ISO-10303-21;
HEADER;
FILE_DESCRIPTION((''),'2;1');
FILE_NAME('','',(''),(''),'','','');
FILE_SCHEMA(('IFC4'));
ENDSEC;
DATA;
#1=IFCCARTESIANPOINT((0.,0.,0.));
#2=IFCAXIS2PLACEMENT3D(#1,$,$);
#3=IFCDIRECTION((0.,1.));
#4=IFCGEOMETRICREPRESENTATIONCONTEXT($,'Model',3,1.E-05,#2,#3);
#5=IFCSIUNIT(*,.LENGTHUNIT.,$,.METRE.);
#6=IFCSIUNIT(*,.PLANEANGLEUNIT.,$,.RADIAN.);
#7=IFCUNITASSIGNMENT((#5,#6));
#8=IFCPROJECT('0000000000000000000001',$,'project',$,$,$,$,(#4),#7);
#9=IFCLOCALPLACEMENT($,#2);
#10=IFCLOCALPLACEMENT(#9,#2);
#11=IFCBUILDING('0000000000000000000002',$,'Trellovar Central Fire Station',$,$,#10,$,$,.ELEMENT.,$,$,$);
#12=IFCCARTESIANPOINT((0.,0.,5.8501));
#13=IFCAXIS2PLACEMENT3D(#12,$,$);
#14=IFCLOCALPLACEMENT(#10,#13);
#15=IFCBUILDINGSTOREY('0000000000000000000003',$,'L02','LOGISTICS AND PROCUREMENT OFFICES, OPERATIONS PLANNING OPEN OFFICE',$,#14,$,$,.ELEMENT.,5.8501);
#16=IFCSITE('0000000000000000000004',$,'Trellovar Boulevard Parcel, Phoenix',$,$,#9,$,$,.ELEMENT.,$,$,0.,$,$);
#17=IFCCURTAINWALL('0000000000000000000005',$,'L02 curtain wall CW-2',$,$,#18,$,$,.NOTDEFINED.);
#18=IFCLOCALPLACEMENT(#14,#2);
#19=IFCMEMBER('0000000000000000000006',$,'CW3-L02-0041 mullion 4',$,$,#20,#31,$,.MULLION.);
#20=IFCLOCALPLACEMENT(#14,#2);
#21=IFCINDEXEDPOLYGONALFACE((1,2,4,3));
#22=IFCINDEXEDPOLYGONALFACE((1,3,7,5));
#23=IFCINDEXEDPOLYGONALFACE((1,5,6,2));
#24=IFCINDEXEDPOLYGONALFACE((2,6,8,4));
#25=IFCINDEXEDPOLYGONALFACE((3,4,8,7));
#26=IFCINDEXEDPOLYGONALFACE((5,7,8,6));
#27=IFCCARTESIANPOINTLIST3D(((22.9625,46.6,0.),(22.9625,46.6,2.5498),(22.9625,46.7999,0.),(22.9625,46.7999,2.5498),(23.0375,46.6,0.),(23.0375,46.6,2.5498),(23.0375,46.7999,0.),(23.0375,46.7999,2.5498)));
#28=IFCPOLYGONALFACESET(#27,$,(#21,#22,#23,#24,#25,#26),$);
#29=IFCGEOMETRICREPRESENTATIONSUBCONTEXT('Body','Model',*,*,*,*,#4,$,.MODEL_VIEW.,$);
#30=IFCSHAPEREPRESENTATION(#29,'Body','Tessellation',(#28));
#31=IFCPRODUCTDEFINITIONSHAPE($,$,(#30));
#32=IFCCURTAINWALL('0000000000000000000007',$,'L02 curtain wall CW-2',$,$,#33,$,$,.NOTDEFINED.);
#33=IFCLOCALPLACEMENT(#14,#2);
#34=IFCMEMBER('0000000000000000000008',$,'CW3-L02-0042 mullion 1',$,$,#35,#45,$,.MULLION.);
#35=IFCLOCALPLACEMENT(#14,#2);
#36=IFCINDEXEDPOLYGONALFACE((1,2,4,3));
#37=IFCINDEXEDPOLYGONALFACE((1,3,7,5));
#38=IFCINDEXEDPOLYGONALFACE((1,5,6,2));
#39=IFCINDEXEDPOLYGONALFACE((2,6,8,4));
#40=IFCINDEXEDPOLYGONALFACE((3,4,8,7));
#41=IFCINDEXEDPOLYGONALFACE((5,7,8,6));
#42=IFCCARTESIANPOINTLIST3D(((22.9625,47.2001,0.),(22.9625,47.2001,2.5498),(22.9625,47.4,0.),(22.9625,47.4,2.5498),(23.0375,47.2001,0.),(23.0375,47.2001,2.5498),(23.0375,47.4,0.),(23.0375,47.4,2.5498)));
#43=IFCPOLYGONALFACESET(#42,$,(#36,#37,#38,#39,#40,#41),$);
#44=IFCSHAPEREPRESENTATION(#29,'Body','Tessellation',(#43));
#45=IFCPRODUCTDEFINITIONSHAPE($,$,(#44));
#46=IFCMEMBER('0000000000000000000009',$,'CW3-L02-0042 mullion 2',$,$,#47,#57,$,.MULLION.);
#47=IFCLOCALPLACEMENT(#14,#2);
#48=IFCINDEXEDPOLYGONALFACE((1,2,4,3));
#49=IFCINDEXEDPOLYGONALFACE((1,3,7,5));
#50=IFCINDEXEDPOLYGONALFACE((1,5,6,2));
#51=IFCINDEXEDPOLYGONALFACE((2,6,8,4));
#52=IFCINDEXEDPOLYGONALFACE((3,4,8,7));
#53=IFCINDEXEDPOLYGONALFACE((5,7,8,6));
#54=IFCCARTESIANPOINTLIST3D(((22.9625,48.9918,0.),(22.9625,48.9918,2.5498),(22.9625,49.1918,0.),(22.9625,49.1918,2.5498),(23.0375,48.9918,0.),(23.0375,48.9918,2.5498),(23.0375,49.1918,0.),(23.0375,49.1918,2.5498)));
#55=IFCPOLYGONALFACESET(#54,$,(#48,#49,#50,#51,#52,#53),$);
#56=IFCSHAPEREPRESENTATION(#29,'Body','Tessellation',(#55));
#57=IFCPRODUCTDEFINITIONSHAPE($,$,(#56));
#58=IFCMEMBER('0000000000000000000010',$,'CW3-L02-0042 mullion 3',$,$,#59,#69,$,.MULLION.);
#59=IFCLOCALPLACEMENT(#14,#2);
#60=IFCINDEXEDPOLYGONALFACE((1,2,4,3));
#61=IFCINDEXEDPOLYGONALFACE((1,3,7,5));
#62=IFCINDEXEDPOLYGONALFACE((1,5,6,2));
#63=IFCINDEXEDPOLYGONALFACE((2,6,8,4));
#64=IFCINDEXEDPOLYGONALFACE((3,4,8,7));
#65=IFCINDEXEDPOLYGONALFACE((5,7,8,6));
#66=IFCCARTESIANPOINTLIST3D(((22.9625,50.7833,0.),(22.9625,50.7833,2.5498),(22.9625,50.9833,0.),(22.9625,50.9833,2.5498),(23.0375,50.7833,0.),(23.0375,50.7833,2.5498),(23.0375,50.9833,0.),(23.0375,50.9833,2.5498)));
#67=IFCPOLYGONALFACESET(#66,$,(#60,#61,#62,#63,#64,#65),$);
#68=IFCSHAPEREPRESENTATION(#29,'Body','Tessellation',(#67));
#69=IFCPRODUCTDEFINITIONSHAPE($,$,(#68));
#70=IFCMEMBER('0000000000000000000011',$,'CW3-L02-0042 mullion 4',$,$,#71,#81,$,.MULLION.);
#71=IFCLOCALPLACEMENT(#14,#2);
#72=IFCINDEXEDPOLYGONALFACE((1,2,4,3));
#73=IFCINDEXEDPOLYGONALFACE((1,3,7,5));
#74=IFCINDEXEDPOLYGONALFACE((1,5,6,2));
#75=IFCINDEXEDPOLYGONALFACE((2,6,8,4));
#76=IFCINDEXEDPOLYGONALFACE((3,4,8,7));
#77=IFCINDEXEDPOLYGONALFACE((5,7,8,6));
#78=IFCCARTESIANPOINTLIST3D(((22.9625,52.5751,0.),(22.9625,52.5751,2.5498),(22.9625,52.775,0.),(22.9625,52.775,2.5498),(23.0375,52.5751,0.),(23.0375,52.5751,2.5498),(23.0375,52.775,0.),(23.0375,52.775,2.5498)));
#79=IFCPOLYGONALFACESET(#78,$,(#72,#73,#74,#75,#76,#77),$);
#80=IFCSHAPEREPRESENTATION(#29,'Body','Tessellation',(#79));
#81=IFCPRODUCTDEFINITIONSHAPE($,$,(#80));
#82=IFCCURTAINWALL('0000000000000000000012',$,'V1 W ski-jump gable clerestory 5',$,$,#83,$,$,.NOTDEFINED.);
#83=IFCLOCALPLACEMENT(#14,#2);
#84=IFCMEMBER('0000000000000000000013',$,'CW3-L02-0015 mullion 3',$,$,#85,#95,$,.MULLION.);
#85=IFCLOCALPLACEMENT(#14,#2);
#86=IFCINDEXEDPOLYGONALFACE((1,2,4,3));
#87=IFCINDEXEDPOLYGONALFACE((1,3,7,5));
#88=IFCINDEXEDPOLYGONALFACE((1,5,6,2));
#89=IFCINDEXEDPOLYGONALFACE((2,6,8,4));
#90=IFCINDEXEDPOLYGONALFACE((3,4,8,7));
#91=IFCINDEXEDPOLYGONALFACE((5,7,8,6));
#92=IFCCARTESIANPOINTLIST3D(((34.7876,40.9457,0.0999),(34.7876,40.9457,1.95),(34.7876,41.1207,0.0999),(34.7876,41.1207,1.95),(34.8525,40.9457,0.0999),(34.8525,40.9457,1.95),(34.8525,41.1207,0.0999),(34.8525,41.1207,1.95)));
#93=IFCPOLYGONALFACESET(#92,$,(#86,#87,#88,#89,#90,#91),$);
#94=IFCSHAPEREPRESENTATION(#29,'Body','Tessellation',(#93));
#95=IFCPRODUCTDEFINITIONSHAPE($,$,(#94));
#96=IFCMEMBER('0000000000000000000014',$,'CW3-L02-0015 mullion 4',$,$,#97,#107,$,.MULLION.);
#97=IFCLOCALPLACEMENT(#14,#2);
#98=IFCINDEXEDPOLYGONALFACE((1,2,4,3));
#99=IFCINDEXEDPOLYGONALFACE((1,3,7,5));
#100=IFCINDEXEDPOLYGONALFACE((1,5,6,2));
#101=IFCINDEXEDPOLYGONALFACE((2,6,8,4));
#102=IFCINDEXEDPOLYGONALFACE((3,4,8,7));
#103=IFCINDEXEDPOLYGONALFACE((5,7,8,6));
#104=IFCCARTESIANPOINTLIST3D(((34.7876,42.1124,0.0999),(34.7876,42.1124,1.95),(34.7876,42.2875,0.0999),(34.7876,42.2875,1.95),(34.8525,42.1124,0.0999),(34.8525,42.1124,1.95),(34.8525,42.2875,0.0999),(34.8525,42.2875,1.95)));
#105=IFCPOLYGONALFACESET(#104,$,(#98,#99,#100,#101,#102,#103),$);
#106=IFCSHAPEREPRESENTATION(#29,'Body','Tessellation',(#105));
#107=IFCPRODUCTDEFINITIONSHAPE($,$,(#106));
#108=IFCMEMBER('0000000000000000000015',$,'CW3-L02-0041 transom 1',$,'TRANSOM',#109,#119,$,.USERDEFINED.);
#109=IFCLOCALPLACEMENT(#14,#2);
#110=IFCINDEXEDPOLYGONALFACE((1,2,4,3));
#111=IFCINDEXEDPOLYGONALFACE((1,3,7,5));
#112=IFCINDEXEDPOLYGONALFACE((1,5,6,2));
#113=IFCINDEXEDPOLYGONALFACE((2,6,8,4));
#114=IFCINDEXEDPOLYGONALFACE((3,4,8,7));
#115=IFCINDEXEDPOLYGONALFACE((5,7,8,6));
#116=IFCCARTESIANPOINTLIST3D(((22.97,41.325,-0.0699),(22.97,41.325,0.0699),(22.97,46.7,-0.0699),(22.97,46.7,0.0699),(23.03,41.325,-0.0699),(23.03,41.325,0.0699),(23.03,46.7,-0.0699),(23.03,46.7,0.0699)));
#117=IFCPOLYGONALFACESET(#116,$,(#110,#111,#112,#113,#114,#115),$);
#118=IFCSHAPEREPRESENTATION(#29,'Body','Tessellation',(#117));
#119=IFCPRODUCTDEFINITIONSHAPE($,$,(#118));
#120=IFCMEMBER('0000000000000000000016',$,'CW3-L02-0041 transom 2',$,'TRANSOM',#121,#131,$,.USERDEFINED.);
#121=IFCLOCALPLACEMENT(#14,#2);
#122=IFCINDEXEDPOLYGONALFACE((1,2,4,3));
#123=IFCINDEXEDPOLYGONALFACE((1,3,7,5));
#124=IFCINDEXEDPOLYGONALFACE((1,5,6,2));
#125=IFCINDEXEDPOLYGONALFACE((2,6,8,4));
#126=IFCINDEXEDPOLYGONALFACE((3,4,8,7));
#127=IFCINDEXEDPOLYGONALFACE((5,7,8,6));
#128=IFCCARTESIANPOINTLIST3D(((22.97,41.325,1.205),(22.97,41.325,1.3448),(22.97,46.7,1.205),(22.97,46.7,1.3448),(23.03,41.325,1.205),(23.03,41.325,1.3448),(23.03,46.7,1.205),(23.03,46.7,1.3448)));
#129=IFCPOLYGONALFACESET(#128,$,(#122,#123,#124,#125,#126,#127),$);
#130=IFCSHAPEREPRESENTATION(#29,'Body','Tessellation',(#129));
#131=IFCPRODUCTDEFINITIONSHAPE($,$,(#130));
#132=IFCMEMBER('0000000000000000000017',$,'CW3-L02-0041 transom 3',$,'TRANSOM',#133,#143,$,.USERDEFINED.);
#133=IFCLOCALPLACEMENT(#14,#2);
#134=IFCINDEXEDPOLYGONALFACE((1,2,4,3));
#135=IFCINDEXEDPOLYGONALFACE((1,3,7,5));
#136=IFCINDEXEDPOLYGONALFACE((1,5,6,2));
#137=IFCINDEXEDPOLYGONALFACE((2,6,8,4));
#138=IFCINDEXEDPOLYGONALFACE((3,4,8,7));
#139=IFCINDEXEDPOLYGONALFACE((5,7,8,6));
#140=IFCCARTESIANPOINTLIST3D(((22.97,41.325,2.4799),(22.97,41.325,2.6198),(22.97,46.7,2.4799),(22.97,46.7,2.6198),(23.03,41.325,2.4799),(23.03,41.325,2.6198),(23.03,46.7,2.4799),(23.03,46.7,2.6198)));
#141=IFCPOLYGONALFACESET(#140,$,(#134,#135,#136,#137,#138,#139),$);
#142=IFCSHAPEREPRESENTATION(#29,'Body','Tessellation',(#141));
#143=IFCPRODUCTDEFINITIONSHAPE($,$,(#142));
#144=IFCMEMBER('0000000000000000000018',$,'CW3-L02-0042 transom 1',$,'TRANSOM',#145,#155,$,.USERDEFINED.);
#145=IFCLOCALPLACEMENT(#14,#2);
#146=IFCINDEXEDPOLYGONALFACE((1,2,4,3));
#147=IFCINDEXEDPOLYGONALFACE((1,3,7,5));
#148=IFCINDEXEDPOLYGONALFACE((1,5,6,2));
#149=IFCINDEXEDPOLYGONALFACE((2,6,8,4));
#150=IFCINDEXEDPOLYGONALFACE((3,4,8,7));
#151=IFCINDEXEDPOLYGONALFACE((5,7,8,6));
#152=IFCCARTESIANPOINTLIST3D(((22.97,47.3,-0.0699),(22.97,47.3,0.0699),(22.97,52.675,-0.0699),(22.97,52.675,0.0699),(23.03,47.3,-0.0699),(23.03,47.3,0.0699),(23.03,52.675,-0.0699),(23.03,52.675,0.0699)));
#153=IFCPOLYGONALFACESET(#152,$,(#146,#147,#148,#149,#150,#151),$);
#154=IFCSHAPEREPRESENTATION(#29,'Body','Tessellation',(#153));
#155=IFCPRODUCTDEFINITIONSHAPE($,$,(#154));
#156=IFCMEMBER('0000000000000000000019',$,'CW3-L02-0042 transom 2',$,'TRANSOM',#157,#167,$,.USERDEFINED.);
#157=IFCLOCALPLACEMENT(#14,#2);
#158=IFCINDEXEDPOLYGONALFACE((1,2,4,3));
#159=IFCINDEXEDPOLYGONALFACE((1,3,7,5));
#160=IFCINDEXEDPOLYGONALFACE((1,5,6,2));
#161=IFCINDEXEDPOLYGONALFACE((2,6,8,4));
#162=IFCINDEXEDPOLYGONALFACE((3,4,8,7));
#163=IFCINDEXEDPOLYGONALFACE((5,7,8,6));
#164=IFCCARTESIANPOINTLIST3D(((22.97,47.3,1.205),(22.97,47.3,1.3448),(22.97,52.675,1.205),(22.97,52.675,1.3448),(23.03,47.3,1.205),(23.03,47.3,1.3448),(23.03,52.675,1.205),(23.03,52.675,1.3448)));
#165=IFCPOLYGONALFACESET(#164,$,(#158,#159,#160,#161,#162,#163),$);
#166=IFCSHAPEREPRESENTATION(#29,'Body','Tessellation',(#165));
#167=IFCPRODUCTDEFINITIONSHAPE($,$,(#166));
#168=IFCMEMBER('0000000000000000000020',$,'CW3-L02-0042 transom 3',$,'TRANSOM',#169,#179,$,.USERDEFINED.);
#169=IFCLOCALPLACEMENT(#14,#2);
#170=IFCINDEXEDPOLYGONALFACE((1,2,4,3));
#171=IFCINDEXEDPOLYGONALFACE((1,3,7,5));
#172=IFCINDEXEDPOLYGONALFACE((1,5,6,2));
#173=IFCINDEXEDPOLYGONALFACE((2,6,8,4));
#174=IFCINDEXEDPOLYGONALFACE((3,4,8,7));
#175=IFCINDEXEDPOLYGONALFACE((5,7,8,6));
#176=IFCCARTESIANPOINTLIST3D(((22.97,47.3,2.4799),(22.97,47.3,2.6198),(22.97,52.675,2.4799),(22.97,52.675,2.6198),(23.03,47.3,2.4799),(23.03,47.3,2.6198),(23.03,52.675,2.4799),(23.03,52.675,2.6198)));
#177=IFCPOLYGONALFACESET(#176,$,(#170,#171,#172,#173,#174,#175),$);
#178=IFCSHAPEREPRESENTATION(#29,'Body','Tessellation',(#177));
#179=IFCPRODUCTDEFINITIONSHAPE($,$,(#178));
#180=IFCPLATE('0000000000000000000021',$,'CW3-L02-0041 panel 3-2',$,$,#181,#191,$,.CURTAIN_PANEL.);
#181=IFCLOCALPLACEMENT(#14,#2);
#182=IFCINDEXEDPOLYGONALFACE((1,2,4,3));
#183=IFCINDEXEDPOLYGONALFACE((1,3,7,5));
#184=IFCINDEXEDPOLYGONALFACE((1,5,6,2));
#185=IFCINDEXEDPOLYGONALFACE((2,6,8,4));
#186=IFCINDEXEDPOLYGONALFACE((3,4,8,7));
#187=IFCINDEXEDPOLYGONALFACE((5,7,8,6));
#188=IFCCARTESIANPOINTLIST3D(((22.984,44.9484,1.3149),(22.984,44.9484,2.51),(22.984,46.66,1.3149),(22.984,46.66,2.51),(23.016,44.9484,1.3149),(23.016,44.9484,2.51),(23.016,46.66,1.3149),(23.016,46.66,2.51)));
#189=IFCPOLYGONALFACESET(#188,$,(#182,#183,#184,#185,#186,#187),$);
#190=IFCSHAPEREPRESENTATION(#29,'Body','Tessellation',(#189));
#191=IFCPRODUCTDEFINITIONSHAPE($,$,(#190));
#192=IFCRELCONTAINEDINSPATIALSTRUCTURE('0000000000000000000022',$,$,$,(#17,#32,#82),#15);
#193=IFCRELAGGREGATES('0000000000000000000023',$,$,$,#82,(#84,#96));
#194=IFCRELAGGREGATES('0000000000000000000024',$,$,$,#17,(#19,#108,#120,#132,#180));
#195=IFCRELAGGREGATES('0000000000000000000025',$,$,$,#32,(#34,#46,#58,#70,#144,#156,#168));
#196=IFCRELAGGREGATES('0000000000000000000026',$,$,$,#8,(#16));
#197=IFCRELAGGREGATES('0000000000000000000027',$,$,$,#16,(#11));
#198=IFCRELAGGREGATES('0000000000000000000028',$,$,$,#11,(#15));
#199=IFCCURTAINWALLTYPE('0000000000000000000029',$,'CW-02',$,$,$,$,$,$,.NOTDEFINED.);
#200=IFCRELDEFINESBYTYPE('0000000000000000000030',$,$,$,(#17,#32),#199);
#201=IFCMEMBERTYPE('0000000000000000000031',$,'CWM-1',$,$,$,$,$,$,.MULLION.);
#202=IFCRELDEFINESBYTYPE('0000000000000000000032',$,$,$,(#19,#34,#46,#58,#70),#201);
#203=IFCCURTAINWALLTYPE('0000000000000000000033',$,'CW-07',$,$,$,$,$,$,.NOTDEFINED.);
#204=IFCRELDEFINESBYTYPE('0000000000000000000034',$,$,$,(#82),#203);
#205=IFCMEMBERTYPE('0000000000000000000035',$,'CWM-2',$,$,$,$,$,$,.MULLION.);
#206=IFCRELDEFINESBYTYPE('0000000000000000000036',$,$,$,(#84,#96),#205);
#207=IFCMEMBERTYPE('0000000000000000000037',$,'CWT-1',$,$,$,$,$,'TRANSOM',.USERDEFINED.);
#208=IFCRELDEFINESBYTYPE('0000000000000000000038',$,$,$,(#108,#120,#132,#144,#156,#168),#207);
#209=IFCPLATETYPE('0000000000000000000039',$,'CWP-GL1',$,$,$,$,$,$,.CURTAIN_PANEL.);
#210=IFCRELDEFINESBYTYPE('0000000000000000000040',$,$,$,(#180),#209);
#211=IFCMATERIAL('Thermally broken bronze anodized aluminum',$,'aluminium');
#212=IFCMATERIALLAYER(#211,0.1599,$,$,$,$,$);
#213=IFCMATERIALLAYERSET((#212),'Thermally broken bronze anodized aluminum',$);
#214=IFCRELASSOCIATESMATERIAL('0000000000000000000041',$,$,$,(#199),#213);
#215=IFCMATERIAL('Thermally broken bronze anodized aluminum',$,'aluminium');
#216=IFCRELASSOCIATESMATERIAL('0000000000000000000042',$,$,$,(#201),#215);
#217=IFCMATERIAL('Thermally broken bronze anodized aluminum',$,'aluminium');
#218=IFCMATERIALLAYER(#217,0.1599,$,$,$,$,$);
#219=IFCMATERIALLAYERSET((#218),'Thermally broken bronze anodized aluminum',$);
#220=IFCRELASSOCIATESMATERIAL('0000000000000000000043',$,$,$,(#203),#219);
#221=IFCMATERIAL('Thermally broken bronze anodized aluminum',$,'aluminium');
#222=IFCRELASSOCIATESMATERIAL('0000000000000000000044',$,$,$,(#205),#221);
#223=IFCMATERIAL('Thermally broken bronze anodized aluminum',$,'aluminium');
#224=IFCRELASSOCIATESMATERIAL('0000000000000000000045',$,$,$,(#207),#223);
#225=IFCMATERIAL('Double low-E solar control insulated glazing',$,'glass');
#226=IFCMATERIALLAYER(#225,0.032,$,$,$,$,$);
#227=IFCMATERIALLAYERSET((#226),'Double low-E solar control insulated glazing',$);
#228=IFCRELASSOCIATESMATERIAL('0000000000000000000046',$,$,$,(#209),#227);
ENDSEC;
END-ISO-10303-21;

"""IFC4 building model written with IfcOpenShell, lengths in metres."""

from ifc_helpers import new_model, si_unit, direction, frame, origin, origin_2d, place, context, subcontext, project, spatial, rectangle, extrude, material, layer, layer_set, material_profile, profile_set, type_object, element, aggregate, save


model = new_model("IFC4")

# Units and contexts
model_context = context("Model", 3, precision=1e-05, world=origin(), true_north=direction((0.0, 1.0)))
body_context = subcontext(model_context, "Body", "Model", "MODEL_VIEW")
ifc_project = project(units=[si_unit("LENGTHUNIT", "METRE"), si_unit("PLANEANGLEUNIT", "RADIAN")], contexts=[model_context])

# Site, building, storey
site_placement = place(None, origin())
site = spatial("IfcSite", under=ifc_project, at=site_placement, Name="Trellovar Boulevard Parcel, Phoenix", CompositionType="ELEMENT", RefElevation=0.0)
building_placement = place(site_placement, origin())
building = spatial("IfcBuilding", under=site, at=building_placement, Name="Trellovar Central Fire Station", CompositionType="ELEMENT")
storey_placement = place(building_placement, frame((0.0, 0.0, 5.8501)))
storey = spatial("IfcBuildingStorey", under=building, at=storey_placement, Name="L02", Description="LOGISTICS AND PROCUREMENT OFFICES, OPERATIONS PLANNING OPEN OFFICE", CompositionType="ELEMENT", Elevation=5.8501)

# Curtain walls, members
ifc_material_1 = material(Name="Thermally broken bronze anodized aluminum", Category="aluminium")
ifc_layer_1 = layer(ifc_material_1, 0.1599)
ifc_layer_set_1 = layer_set([ifc_layer_1], Name="Thermally broken bronze anodized aluminum")
curtain_wall_type_1 = type_object("IfcCurtainWallType", Name="CW-02", PredefinedType="NOTDEFINED", material=ifc_layer_set_1)
curtain_wall_1_placement = place(storey_placement, origin())
curtain_wall_1 = element("IfcCurtainWall", 1, at=curtain_wall_1_placement, inside=storey, type_object=curtain_wall_type_1, Name="L02 curtain wall CW-2", PredefinedType="NOTDEFINED")
ifc_material_2 = material(Name="Thermally broken bronze anodized aluminum", Category="aluminium")
ifc_material_profile_1 = material_profile(ifc_material_2, rectangle(XDim=0.075, YDim=0.2, at=origin_2d()), Name="ALU75X200")
ifc_profile_set_1 = profile_set([ifc_material_profile_1], Name="Thermally broken bronze anodized aluminum")
member_type_1 = type_object("IfcMemberType", Name="CWM-1", PredefinedType="MULLION", material=ifc_profile_set_1)
member_1_placement = place(storey_placement, frame((23.0, 46.7, 0.0), z_axis=(0.0, 0.0, 1.0), x_axis=(1.0, 0.0, 0.0)))
member_1 = element("IfcMember", 2, at=member_1_placement, type_object=member_type_1, Name="CW3-L02-0041 mullion 4", PredefinedType="MULLION", context=body_context, shape_type="SweptSolid", body=[
    extrude(rectangle(XDim=0.075, YDim=0.2, at=origin_2d()), origin(), (0.0, 0.0, 1.0), 2.5498),
])
curtain_wall_2_placement = place(storey_placement, origin())
curtain_wall_2 = element("IfcCurtainWall", 3, at=curtain_wall_2_placement, inside=storey, type_object=curtain_wall_type_1, Name="L02 curtain wall CW-2", PredefinedType="NOTDEFINED")
member_2_placement = place(storey_placement, frame((23.0, 47.3, 0.0), z_axis=(0.0, 0.0, 1.0), x_axis=(1.0, 0.0, 0.0)))
member_2 = element("IfcMember", 4, at=member_2_placement, type_object=member_type_1, Name="CW3-L02-0042 mullion 1", PredefinedType="MULLION", context=body_context, shape_type="SweptSolid", body=[
    extrude(rectangle(XDim=0.075, YDim=0.2, at=origin_2d()), origin(), (0.0, 0.0, 1.0), 2.5498),
])
member_3_placement = place(storey_placement, frame((23.0, 49.0918, 0.0), z_axis=(0.0, 0.0, 1.0), x_axis=(1.0, 0.0, 0.0)))
member_3 = element("IfcMember", 5, at=member_3_placement, type_object=member_type_1, Name="CW3-L02-0042 mullion 2", PredefinedType="MULLION", context=body_context, shape_type="SweptSolid", body=[
    extrude(rectangle(XDim=0.075, YDim=0.2, at=origin_2d()), origin(), (0.0, 0.0, 1.0), 2.5498),
])
member_4_placement = place(storey_placement, frame((23.0, 50.8833, 0.0), z_axis=(0.0, 0.0, 1.0), x_axis=(1.0, 0.0, 0.0)))
member_4 = element("IfcMember", 6, at=member_4_placement, type_object=member_type_1, Name="CW3-L02-0042 mullion 3", PredefinedType="MULLION", context=body_context, shape_type="SweptSolid", body=[
    extrude(rectangle(XDim=0.075, YDim=0.2, at=origin_2d()), origin(), (0.0, 0.0, 1.0), 2.5498),
])
member_5_placement = place(storey_placement, frame((23.0, 52.675, 0.0), z_axis=(0.0, 0.0, 1.0), x_axis=(1.0, 0.0, 0.0)))
member_5 = element("IfcMember", 7, at=member_5_placement, type_object=member_type_1, Name="CW3-L02-0042 mullion 4", PredefinedType="MULLION", context=body_context, shape_type="SweptSolid", body=[
    extrude(rectangle(XDim=0.075, YDim=0.2, at=origin_2d()), origin(), (0.0, 0.0, 1.0), 2.5498),
])
ifc_material_3 = material(Name="Thermally broken bronze anodized aluminum", Category="aluminium")
ifc_layer_2 = layer(ifc_material_3, 0.1599)
ifc_layer_set_2 = layer_set([ifc_layer_2], Name="Thermally broken bronze anodized aluminum")
curtain_wall_type_2 = type_object("IfcCurtainWallType", Name="CW-07", PredefinedType="NOTDEFINED", material=ifc_layer_set_2)
curtain_wall_3_placement = place(storey_placement, origin())
curtain_wall_3 = element("IfcCurtainWall", 8, at=curtain_wall_3_placement, inside=storey, type_object=curtain_wall_type_2, Name="V1 W ski-jump gable clerestory 5", PredefinedType="NOTDEFINED")
ifc_material_4 = material(Name="Thermally broken bronze anodized aluminum", Category="aluminium")
ifc_material_profile_2 = material_profile(ifc_material_4, rectangle(XDim=0.0649, YDim=0.175, at=origin_2d()), Name="ALU65X175")
ifc_profile_set_2 = profile_set([ifc_material_profile_2], Name="Thermally broken bronze anodized aluminum")
member_type_2 = type_object("IfcMemberType", Name="CWM-2", PredefinedType="MULLION", material=ifc_profile_set_2)
member_6_placement = place(storey_placement, frame((34.8201, 41.0332, 0.0999), z_axis=(0.0, 0.0, 1.0), x_axis=(1.0, 0.0, 0.0)))
member_6 = element("IfcMember", 9, at=member_6_placement, type_object=member_type_2, Name="CW3-L02-0015 mullion 3", PredefinedType="MULLION", context=body_context, shape_type="SweptSolid", body=[
    extrude(rectangle(XDim=0.0649, YDim=0.175, at=origin_2d()), origin(), (0.0, 0.0, 1.0), 1.8501),
])
member_7_placement = place(storey_placement, frame((34.8201, 42.2, 0.0999), z_axis=(0.0, 0.0, 1.0), x_axis=(1.0, 0.0, 0.0)))
member_7 = element("IfcMember", 10, at=member_7_placement, type_object=member_type_2, Name="CW3-L02-0015 mullion 4", PredefinedType="MULLION", context=body_context, shape_type="SweptSolid", body=[
    extrude(rectangle(XDim=0.0649, YDim=0.175, at=origin_2d()), origin(), (0.0, 0.0, 1.0), 1.8501),
])

# Members
ifc_material_5 = material(Name="Thermally broken bronze anodized aluminum", Category="aluminium")
ifc_material_profile_3 = material_profile(ifc_material_5, rectangle(XDim=0.0601, YDim=0.1399, at=origin_2d()), Name="ALU60X140")
ifc_profile_set_3 = profile_set([ifc_material_profile_3], Name="Thermally broken bronze anodized aluminum")
member_type_3 = type_object("IfcMemberType", Name="CWT-1", ElementType="TRANSOM", PredefinedType="USERDEFINED", material=ifc_profile_set_3)
member_8_placement = place(storey_placement, frame((23.0, 41.325, 0.0), z_axis=(0.0, 1.0, 0.0), x_axis=(-1.0, 0.0, 0.0)))
member_8 = element("IfcMember", 11, at=member_8_placement, type_object=member_type_3, Name="CW3-L02-0041 transom 1", ObjectType="TRANSOM", PredefinedType="USERDEFINED", context=body_context, shape_type="SweptSolid", body=[
    extrude(rectangle(XDim=0.0601, YDim=0.1399, at=origin_2d()), origin(), (0.0, 0.0, 1.0), 5.375),
])
member_9_placement = place(storey_placement, frame((23.0, 41.325, 1.2749), z_axis=(0.0, 1.0, 0.0), x_axis=(-1.0, 0.0, 0.0)))
member_9 = element("IfcMember", 12, at=member_9_placement, type_object=member_type_3, Name="CW3-L02-0041 transom 2", ObjectType="TRANSOM", PredefinedType="USERDEFINED", context=body_context, shape_type="SweptSolid", body=[
    extrude(rectangle(XDim=0.0601, YDim=0.1399, at=origin_2d()), origin(), (0.0, 0.0, 1.0), 5.375),
])
member_10_placement = place(storey_placement, frame((23.0, 41.325, 2.5498), z_axis=(0.0, 1.0, 0.0), x_axis=(-1.0, 0.0, 0.0)))
member_10 = element("IfcMember", 13, at=member_10_placement, type_object=member_type_3, Name="CW3-L02-0041 transom 3", ObjectType="TRANSOM", PredefinedType="USERDEFINED", context=body_context, shape_type="SweptSolid", body=[
    extrude(rectangle(XDim=0.0601, YDim=0.1399, at=origin_2d()), origin(), (0.0, 0.0, 1.0), 5.375),
])
member_11_placement = place(storey_placement, frame((23.0, 47.3, 0.0), z_axis=(0.0, 1.0, 0.0), x_axis=(-1.0, 0.0, 0.0)))
member_11 = element("IfcMember", 14, at=member_11_placement, type_object=member_type_3, Name="CW3-L02-0042 transom 1", ObjectType="TRANSOM", PredefinedType="USERDEFINED", context=body_context, shape_type="SweptSolid", body=[
    extrude(rectangle(XDim=0.0601, YDim=0.1399, at=origin_2d()), origin(), (0.0, 0.0, 1.0), 5.375),
])
member_12_placement = place(storey_placement, frame((23.0, 47.3, 1.2749), z_axis=(0.0, 1.0, 0.0), x_axis=(-1.0, 0.0, 0.0)))
member_12 = element("IfcMember", 15, at=member_12_placement, type_object=member_type_3, Name="CW3-L02-0042 transom 2", ObjectType="TRANSOM", PredefinedType="USERDEFINED", context=body_context, shape_type="SweptSolid", body=[
    extrude(rectangle(XDim=0.0601, YDim=0.1399, at=origin_2d()), origin(), (0.0, 0.0, 1.0), 5.375),
])
member_13_placement = place(storey_placement, frame((23.0, 47.3, 2.5498), z_axis=(0.0, 1.0, 0.0), x_axis=(-1.0, 0.0, 0.0)))
member_13 = element("IfcMember", 16, at=member_13_placement, type_object=member_type_3, Name="CW3-L02-0042 transom 3", ObjectType="TRANSOM", PredefinedType="USERDEFINED", context=body_context, shape_type="SweptSolid", body=[
    extrude(rectangle(XDim=0.0601, YDim=0.1399, at=origin_2d()), origin(), (0.0, 0.0, 1.0), 5.375),
])

# Plate
ifc_material_6 = material(Name="Double low-E solar control insulated glazing", Category="glass")
ifc_layer_3 = layer(ifc_material_6, 0.032)
ifc_layer_set_3 = layer_set([ifc_layer_3], Name="Double low-E solar control insulated glazing")
plate_type_1 = type_object("IfcPlateType", Name="CWP-GL1", PredefinedType="CURTAIN_PANEL", material=ifc_layer_set_3)
plate_1_placement = place(storey_placement, frame((23.0, 45.8042, 1.3149), z_axis=(0.0, 0.0, 1.0), x_axis=(0.0, 1.0, 0.0)))
plate_1 = element("IfcPlate", 17, at=plate_1_placement, type_object=plate_type_1, Name="CW3-L02-0041 panel 3-2", PredefinedType="CURTAIN_PANEL", context=body_context, shape_type="SweptSolid", body=[
    extrude(rectangle(XDim=1.7117, YDim=0.032, at=origin_2d()), origin(), (0.0, 0.0, 1.0), 1.1951),
])
aggregate(curtain_wall_3, [member_6, member_7])
aggregate(curtain_wall_1, [member_1, member_8, member_9, member_10, plate_1])
aggregate(curtain_wall_2, [member_2, member_3, member_4, member_5, member_11, member_12, member_13])

save(model, "model.ifc")
